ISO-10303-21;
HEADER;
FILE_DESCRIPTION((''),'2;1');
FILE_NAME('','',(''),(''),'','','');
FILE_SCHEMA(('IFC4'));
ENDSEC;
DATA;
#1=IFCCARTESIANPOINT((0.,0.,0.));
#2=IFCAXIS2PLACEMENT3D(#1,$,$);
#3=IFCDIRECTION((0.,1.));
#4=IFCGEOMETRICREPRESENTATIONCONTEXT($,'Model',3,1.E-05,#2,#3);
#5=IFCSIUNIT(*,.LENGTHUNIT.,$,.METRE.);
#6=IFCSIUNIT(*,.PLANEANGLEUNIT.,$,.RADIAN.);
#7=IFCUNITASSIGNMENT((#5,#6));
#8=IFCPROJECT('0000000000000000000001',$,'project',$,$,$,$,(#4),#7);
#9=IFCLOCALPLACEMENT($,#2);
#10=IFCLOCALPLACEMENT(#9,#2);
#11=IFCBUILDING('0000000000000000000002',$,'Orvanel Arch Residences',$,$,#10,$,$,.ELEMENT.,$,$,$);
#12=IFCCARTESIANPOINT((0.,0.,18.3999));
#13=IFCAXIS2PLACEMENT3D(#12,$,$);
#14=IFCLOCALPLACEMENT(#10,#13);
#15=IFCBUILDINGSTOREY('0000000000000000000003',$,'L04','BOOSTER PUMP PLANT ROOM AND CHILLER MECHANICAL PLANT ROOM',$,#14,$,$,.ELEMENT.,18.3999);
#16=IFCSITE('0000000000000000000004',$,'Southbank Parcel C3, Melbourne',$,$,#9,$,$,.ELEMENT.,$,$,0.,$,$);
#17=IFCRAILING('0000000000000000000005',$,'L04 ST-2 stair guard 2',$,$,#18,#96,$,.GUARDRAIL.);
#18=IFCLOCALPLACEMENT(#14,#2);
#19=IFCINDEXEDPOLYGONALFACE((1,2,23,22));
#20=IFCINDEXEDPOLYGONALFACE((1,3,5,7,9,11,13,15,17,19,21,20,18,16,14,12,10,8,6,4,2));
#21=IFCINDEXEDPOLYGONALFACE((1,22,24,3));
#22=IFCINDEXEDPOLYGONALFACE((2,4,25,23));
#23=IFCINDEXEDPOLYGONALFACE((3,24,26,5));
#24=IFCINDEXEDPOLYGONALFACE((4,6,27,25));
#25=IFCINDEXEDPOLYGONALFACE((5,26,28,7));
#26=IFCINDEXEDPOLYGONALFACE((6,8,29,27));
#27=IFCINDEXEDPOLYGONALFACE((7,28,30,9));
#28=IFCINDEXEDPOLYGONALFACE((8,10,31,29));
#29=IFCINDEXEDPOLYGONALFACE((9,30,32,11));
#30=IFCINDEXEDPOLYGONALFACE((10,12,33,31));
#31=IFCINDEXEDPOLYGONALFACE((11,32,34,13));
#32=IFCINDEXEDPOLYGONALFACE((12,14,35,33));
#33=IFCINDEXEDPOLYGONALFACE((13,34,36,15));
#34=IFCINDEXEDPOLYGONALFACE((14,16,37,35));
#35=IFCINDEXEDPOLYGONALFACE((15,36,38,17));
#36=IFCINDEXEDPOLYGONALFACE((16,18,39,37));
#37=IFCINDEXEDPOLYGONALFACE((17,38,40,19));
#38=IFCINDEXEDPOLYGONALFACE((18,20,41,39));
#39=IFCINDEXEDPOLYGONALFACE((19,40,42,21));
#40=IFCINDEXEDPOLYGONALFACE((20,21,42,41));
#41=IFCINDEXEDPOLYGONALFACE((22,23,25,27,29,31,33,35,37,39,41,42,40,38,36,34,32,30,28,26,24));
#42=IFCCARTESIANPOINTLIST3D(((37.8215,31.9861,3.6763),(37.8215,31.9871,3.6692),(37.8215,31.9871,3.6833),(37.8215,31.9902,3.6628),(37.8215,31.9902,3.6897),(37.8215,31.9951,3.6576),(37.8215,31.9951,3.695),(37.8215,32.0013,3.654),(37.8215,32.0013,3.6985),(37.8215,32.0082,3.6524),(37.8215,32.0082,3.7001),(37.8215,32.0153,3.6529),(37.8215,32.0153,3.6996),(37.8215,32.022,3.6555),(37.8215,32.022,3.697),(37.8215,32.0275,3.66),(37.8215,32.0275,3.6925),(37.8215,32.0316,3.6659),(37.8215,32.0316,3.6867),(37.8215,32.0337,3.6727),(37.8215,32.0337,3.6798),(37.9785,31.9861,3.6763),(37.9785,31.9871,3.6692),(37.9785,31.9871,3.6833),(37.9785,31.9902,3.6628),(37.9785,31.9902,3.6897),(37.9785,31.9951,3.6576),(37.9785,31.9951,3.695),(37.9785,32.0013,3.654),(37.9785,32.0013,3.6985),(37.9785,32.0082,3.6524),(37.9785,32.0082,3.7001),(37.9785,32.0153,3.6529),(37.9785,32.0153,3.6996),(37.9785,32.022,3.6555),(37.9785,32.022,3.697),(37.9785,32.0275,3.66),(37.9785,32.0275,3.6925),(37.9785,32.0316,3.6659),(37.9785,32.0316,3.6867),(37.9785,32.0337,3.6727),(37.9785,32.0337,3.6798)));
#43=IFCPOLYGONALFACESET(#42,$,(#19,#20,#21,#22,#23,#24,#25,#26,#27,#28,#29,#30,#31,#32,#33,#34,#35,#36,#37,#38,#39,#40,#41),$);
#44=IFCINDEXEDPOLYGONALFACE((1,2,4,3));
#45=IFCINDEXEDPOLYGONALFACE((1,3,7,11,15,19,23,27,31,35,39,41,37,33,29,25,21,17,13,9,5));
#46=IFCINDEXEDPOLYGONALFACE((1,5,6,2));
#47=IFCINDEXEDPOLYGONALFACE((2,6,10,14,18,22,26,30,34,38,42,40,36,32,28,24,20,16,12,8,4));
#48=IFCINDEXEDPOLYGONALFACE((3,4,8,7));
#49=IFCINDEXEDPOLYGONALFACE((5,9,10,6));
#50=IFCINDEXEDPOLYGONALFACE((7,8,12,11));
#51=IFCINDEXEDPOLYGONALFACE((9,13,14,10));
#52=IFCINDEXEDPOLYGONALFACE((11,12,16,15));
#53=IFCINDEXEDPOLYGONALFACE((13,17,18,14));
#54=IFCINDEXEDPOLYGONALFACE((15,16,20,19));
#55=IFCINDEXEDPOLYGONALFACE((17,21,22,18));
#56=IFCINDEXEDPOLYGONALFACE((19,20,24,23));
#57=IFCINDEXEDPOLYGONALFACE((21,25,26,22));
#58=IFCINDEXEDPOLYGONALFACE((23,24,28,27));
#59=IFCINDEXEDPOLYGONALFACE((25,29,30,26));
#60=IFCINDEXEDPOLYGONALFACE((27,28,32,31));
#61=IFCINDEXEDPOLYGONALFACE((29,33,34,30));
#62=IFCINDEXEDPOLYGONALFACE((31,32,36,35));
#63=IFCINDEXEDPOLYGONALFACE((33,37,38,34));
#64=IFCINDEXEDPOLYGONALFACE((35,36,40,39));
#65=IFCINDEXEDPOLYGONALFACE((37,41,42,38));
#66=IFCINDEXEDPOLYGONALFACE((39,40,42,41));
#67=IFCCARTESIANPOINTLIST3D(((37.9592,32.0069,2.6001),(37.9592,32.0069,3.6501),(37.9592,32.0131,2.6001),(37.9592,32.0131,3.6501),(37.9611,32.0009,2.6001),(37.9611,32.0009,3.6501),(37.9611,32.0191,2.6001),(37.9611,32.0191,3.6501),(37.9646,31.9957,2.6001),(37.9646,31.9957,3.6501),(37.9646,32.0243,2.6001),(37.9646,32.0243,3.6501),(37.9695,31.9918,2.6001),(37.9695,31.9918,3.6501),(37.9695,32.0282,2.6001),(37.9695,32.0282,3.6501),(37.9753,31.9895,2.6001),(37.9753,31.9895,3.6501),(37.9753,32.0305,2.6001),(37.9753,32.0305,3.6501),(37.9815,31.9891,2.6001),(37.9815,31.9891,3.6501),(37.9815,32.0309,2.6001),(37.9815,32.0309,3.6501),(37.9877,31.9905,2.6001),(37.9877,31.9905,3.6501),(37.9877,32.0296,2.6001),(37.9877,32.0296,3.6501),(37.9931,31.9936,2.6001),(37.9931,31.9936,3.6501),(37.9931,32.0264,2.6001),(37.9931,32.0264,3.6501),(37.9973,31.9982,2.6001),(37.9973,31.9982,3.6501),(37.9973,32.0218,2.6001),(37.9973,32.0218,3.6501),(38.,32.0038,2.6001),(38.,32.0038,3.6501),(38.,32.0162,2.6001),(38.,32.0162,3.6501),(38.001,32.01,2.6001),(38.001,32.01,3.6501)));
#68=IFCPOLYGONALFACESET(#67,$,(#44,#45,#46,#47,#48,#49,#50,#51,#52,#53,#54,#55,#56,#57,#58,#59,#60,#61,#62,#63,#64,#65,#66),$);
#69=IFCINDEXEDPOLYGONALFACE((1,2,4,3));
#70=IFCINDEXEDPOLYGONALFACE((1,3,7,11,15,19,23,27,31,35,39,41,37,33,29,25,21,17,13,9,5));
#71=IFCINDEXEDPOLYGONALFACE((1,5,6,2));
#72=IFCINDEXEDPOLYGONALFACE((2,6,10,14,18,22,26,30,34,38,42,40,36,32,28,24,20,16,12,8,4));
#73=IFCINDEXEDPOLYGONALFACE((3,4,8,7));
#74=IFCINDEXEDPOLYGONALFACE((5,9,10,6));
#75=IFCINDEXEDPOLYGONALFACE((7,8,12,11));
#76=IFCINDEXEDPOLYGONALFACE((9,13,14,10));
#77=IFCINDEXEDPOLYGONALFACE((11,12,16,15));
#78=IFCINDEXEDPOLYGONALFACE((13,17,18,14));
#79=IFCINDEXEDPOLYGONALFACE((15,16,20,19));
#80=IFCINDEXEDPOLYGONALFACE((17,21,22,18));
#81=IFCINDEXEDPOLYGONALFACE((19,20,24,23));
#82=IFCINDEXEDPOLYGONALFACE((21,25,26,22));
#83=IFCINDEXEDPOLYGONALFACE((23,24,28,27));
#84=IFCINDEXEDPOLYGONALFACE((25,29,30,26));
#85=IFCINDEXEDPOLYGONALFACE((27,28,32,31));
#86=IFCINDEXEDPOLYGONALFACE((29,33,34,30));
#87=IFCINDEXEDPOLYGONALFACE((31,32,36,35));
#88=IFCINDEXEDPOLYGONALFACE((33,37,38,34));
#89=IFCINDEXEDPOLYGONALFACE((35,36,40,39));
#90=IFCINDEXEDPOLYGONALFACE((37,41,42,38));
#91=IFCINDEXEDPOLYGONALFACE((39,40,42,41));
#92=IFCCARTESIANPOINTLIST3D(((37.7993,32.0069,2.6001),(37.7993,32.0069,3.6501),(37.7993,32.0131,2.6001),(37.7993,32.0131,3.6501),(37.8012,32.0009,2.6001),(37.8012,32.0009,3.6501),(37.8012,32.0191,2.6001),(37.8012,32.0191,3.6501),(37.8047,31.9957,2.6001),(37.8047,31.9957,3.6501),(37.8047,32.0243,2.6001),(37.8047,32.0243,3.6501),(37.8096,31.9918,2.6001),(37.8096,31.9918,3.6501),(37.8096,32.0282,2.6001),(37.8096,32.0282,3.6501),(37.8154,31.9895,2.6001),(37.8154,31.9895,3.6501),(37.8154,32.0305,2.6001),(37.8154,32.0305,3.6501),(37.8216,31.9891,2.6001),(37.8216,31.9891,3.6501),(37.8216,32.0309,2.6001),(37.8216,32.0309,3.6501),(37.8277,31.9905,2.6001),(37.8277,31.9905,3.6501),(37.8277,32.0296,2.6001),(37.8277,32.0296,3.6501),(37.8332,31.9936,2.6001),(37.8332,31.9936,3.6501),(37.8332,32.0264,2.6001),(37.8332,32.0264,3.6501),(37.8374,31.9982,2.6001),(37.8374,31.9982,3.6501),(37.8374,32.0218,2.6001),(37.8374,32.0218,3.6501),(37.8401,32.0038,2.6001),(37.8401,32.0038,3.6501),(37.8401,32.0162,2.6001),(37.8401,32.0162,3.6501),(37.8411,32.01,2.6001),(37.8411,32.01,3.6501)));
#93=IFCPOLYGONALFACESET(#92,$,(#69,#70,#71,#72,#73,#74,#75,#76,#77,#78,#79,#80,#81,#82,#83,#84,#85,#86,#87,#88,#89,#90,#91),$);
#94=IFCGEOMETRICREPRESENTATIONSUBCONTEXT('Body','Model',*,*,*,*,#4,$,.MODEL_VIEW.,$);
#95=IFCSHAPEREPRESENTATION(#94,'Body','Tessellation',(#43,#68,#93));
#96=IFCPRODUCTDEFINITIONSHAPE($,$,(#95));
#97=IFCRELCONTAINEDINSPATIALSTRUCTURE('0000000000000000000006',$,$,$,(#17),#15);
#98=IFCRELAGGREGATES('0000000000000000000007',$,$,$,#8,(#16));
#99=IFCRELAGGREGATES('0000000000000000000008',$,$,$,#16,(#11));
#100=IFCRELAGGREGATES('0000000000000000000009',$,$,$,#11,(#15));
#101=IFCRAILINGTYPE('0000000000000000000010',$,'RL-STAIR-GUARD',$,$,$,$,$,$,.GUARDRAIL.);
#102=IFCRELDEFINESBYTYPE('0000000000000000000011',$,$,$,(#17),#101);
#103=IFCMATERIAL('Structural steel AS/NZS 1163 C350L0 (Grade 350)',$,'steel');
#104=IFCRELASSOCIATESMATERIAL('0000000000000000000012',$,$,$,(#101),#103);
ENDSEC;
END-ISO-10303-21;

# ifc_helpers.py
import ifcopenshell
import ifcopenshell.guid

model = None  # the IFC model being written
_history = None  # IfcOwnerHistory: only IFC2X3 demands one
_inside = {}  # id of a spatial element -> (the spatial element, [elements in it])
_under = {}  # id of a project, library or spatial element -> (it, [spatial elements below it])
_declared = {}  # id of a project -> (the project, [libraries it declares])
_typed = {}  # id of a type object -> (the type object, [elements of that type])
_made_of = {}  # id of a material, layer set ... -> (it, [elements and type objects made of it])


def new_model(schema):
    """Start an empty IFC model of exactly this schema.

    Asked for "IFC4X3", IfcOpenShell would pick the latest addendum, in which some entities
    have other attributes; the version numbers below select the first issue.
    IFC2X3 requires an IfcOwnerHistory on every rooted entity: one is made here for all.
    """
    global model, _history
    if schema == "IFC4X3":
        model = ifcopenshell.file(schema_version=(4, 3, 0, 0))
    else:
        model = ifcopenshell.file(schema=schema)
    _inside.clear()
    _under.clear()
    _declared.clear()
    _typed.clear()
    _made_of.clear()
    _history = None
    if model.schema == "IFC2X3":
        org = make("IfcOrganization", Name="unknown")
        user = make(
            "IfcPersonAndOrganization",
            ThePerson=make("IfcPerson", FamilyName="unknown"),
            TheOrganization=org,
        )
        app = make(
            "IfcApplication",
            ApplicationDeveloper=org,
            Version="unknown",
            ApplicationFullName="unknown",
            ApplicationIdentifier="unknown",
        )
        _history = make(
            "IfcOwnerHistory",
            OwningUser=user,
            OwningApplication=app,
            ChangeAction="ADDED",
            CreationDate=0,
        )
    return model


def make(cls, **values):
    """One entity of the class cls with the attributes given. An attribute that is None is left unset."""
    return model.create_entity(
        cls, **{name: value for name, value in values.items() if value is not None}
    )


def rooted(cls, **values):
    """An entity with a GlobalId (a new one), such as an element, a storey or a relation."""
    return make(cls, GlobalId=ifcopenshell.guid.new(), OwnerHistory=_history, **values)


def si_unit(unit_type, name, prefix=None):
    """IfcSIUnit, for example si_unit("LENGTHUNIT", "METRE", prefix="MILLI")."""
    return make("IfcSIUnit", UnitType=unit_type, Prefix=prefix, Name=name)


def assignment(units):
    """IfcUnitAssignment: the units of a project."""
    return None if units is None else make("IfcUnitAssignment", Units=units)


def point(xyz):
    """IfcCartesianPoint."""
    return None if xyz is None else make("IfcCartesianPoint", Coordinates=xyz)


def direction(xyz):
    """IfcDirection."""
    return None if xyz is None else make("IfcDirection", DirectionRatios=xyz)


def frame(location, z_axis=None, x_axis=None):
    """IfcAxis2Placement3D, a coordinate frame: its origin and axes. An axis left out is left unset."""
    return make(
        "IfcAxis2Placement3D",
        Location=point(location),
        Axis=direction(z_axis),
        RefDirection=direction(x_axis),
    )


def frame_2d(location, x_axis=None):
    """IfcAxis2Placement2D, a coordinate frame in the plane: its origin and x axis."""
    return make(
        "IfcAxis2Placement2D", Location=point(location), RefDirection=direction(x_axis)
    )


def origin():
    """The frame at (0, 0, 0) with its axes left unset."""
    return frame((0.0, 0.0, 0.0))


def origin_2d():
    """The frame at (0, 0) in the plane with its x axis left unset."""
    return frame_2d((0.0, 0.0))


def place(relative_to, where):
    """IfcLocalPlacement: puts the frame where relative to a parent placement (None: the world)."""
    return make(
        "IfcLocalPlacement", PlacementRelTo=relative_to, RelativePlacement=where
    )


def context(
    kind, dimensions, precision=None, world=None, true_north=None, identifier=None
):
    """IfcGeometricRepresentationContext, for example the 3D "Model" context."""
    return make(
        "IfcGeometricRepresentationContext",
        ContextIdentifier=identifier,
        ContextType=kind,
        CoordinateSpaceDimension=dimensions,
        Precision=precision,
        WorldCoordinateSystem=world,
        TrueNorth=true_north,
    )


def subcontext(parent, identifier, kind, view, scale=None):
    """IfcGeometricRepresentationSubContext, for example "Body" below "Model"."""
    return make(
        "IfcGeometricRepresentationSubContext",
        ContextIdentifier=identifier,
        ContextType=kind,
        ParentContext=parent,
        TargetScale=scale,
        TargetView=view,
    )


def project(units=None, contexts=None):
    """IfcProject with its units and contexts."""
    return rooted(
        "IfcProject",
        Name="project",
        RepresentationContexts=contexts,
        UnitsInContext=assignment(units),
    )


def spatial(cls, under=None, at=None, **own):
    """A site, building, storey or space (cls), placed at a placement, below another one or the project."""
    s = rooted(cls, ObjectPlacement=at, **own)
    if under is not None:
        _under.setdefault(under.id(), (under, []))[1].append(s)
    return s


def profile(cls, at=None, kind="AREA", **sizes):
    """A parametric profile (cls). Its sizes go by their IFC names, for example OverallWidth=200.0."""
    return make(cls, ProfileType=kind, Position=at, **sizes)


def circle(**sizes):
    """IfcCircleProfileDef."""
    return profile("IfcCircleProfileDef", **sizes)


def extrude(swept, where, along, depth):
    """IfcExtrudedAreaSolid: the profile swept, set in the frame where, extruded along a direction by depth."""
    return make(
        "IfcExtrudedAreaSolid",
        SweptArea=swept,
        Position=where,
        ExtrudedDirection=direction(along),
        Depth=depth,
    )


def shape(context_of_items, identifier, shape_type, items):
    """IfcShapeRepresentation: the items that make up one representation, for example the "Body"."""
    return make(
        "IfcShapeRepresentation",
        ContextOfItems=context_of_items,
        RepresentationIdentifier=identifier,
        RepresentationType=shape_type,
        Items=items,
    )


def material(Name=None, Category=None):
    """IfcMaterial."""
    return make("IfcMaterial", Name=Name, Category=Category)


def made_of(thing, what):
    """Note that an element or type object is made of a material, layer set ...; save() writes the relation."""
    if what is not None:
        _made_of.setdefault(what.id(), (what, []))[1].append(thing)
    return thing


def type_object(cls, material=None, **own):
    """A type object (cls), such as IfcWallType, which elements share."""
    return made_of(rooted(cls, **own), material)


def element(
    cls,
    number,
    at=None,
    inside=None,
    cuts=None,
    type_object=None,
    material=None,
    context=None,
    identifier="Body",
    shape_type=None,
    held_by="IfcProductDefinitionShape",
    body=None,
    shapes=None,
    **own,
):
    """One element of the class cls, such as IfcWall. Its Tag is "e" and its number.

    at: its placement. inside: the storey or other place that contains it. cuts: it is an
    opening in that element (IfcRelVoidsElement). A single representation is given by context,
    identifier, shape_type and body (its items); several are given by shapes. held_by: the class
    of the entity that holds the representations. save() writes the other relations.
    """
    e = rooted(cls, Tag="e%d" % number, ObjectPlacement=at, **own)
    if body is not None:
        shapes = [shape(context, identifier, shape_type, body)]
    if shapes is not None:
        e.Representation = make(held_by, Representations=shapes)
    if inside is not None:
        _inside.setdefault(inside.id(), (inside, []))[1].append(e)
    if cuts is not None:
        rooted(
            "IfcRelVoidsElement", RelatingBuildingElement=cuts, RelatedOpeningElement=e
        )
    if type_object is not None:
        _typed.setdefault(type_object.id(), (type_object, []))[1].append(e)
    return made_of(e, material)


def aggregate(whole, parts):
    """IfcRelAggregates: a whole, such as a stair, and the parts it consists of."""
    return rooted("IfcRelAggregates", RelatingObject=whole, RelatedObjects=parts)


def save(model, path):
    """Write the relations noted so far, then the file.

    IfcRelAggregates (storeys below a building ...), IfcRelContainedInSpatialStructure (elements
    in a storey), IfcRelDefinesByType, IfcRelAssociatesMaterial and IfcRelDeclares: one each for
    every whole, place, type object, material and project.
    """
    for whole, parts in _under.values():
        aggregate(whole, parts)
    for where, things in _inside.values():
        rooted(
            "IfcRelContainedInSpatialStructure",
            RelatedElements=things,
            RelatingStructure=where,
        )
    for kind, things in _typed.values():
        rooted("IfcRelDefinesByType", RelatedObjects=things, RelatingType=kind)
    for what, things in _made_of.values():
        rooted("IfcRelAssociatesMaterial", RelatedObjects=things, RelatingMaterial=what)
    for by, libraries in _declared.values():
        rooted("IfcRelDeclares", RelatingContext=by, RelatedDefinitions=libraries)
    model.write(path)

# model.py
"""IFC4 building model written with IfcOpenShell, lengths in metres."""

from ifc_helpers import new_model, si_unit, direction, frame, origin, origin_2d, place, context, subcontext, project, spatial, circle, extrude, material, type_object, element, save


model = new_model("IFC4")

# Units and contexts
model_context = context("Model", 3, precision=1e-05, world=origin(), true_north=direction((0.0, 1.0)))
body_context = subcontext(model_context, "Body", "Model", "MODEL_VIEW")
ifc_project = project(units=[si_unit("LENGTHUNIT", "METRE"), si_unit("PLANEANGLEUNIT", "RADIAN")], contexts=[model_context])

# Site, building, storey
site_placement = place(None, origin())
site = spatial("IfcSite", under=ifc_project, at=site_placement, Name="Southbank Parcel C3, Melbourne", CompositionType="ELEMENT", RefElevation=0.0)
building_placement = place(site_placement, origin())
building = spatial("IfcBuilding", under=site, at=building_placement, Name="Orvanel Arch Residences", CompositionType="ELEMENT")
storey_placement = place(building_placement, frame((0.0, 0.0, 18.3999)))
storey = spatial("IfcBuildingStorey", under=building, at=storey_placement, Name="L04", Description="BOOSTER PUMP PLANT ROOM AND CHILLER MECHANICAL PLANT ROOM", CompositionType="ELEMENT", Elevation=18.3999)

# Railing
ifc_material_1 = material(Name="Structural steel AS/NZS 1163 C350L0 (Grade 350)", Category="steel")
railing_type_1 = type_object("IfcRailingType", Name="RL-STAIR-GUARD", PredefinedType="GUARDRAIL", material=ifc_material_1)
railing_1_placement = place(storey_placement, frame((37.98, 32.01, 2.6001)))
element("IfcRailing", 1, at=railing_1_placement, inside=storey, type_object=railing_type_1, Name="L04 ST-2 stair guard 2", PredefinedType="GUARDRAIL", context=body_context, shape_type="SweptSolid", body=[
    extrude(circle(Radius=0.0239, at=origin_2d()), frame((-0.0015, 0.0, 1.0762), z_axis=(-1.0, 0.0, 0.0), x_axis=(0.0, -1.0, 0.0)), (0.0, 0.0, 1.0), 0.157),
    extrude(circle(Radius=0.021, at=origin_2d()), origin(), (0.0, 0.0, 1.0), 1.05),
    extrude(circle(Radius=0.021, at=origin_2d()), frame((-0.1599, 0.0, 0.0)), (0.0, 0.0, 1.0), 1.05),
])

save(model, "model.ifc")
